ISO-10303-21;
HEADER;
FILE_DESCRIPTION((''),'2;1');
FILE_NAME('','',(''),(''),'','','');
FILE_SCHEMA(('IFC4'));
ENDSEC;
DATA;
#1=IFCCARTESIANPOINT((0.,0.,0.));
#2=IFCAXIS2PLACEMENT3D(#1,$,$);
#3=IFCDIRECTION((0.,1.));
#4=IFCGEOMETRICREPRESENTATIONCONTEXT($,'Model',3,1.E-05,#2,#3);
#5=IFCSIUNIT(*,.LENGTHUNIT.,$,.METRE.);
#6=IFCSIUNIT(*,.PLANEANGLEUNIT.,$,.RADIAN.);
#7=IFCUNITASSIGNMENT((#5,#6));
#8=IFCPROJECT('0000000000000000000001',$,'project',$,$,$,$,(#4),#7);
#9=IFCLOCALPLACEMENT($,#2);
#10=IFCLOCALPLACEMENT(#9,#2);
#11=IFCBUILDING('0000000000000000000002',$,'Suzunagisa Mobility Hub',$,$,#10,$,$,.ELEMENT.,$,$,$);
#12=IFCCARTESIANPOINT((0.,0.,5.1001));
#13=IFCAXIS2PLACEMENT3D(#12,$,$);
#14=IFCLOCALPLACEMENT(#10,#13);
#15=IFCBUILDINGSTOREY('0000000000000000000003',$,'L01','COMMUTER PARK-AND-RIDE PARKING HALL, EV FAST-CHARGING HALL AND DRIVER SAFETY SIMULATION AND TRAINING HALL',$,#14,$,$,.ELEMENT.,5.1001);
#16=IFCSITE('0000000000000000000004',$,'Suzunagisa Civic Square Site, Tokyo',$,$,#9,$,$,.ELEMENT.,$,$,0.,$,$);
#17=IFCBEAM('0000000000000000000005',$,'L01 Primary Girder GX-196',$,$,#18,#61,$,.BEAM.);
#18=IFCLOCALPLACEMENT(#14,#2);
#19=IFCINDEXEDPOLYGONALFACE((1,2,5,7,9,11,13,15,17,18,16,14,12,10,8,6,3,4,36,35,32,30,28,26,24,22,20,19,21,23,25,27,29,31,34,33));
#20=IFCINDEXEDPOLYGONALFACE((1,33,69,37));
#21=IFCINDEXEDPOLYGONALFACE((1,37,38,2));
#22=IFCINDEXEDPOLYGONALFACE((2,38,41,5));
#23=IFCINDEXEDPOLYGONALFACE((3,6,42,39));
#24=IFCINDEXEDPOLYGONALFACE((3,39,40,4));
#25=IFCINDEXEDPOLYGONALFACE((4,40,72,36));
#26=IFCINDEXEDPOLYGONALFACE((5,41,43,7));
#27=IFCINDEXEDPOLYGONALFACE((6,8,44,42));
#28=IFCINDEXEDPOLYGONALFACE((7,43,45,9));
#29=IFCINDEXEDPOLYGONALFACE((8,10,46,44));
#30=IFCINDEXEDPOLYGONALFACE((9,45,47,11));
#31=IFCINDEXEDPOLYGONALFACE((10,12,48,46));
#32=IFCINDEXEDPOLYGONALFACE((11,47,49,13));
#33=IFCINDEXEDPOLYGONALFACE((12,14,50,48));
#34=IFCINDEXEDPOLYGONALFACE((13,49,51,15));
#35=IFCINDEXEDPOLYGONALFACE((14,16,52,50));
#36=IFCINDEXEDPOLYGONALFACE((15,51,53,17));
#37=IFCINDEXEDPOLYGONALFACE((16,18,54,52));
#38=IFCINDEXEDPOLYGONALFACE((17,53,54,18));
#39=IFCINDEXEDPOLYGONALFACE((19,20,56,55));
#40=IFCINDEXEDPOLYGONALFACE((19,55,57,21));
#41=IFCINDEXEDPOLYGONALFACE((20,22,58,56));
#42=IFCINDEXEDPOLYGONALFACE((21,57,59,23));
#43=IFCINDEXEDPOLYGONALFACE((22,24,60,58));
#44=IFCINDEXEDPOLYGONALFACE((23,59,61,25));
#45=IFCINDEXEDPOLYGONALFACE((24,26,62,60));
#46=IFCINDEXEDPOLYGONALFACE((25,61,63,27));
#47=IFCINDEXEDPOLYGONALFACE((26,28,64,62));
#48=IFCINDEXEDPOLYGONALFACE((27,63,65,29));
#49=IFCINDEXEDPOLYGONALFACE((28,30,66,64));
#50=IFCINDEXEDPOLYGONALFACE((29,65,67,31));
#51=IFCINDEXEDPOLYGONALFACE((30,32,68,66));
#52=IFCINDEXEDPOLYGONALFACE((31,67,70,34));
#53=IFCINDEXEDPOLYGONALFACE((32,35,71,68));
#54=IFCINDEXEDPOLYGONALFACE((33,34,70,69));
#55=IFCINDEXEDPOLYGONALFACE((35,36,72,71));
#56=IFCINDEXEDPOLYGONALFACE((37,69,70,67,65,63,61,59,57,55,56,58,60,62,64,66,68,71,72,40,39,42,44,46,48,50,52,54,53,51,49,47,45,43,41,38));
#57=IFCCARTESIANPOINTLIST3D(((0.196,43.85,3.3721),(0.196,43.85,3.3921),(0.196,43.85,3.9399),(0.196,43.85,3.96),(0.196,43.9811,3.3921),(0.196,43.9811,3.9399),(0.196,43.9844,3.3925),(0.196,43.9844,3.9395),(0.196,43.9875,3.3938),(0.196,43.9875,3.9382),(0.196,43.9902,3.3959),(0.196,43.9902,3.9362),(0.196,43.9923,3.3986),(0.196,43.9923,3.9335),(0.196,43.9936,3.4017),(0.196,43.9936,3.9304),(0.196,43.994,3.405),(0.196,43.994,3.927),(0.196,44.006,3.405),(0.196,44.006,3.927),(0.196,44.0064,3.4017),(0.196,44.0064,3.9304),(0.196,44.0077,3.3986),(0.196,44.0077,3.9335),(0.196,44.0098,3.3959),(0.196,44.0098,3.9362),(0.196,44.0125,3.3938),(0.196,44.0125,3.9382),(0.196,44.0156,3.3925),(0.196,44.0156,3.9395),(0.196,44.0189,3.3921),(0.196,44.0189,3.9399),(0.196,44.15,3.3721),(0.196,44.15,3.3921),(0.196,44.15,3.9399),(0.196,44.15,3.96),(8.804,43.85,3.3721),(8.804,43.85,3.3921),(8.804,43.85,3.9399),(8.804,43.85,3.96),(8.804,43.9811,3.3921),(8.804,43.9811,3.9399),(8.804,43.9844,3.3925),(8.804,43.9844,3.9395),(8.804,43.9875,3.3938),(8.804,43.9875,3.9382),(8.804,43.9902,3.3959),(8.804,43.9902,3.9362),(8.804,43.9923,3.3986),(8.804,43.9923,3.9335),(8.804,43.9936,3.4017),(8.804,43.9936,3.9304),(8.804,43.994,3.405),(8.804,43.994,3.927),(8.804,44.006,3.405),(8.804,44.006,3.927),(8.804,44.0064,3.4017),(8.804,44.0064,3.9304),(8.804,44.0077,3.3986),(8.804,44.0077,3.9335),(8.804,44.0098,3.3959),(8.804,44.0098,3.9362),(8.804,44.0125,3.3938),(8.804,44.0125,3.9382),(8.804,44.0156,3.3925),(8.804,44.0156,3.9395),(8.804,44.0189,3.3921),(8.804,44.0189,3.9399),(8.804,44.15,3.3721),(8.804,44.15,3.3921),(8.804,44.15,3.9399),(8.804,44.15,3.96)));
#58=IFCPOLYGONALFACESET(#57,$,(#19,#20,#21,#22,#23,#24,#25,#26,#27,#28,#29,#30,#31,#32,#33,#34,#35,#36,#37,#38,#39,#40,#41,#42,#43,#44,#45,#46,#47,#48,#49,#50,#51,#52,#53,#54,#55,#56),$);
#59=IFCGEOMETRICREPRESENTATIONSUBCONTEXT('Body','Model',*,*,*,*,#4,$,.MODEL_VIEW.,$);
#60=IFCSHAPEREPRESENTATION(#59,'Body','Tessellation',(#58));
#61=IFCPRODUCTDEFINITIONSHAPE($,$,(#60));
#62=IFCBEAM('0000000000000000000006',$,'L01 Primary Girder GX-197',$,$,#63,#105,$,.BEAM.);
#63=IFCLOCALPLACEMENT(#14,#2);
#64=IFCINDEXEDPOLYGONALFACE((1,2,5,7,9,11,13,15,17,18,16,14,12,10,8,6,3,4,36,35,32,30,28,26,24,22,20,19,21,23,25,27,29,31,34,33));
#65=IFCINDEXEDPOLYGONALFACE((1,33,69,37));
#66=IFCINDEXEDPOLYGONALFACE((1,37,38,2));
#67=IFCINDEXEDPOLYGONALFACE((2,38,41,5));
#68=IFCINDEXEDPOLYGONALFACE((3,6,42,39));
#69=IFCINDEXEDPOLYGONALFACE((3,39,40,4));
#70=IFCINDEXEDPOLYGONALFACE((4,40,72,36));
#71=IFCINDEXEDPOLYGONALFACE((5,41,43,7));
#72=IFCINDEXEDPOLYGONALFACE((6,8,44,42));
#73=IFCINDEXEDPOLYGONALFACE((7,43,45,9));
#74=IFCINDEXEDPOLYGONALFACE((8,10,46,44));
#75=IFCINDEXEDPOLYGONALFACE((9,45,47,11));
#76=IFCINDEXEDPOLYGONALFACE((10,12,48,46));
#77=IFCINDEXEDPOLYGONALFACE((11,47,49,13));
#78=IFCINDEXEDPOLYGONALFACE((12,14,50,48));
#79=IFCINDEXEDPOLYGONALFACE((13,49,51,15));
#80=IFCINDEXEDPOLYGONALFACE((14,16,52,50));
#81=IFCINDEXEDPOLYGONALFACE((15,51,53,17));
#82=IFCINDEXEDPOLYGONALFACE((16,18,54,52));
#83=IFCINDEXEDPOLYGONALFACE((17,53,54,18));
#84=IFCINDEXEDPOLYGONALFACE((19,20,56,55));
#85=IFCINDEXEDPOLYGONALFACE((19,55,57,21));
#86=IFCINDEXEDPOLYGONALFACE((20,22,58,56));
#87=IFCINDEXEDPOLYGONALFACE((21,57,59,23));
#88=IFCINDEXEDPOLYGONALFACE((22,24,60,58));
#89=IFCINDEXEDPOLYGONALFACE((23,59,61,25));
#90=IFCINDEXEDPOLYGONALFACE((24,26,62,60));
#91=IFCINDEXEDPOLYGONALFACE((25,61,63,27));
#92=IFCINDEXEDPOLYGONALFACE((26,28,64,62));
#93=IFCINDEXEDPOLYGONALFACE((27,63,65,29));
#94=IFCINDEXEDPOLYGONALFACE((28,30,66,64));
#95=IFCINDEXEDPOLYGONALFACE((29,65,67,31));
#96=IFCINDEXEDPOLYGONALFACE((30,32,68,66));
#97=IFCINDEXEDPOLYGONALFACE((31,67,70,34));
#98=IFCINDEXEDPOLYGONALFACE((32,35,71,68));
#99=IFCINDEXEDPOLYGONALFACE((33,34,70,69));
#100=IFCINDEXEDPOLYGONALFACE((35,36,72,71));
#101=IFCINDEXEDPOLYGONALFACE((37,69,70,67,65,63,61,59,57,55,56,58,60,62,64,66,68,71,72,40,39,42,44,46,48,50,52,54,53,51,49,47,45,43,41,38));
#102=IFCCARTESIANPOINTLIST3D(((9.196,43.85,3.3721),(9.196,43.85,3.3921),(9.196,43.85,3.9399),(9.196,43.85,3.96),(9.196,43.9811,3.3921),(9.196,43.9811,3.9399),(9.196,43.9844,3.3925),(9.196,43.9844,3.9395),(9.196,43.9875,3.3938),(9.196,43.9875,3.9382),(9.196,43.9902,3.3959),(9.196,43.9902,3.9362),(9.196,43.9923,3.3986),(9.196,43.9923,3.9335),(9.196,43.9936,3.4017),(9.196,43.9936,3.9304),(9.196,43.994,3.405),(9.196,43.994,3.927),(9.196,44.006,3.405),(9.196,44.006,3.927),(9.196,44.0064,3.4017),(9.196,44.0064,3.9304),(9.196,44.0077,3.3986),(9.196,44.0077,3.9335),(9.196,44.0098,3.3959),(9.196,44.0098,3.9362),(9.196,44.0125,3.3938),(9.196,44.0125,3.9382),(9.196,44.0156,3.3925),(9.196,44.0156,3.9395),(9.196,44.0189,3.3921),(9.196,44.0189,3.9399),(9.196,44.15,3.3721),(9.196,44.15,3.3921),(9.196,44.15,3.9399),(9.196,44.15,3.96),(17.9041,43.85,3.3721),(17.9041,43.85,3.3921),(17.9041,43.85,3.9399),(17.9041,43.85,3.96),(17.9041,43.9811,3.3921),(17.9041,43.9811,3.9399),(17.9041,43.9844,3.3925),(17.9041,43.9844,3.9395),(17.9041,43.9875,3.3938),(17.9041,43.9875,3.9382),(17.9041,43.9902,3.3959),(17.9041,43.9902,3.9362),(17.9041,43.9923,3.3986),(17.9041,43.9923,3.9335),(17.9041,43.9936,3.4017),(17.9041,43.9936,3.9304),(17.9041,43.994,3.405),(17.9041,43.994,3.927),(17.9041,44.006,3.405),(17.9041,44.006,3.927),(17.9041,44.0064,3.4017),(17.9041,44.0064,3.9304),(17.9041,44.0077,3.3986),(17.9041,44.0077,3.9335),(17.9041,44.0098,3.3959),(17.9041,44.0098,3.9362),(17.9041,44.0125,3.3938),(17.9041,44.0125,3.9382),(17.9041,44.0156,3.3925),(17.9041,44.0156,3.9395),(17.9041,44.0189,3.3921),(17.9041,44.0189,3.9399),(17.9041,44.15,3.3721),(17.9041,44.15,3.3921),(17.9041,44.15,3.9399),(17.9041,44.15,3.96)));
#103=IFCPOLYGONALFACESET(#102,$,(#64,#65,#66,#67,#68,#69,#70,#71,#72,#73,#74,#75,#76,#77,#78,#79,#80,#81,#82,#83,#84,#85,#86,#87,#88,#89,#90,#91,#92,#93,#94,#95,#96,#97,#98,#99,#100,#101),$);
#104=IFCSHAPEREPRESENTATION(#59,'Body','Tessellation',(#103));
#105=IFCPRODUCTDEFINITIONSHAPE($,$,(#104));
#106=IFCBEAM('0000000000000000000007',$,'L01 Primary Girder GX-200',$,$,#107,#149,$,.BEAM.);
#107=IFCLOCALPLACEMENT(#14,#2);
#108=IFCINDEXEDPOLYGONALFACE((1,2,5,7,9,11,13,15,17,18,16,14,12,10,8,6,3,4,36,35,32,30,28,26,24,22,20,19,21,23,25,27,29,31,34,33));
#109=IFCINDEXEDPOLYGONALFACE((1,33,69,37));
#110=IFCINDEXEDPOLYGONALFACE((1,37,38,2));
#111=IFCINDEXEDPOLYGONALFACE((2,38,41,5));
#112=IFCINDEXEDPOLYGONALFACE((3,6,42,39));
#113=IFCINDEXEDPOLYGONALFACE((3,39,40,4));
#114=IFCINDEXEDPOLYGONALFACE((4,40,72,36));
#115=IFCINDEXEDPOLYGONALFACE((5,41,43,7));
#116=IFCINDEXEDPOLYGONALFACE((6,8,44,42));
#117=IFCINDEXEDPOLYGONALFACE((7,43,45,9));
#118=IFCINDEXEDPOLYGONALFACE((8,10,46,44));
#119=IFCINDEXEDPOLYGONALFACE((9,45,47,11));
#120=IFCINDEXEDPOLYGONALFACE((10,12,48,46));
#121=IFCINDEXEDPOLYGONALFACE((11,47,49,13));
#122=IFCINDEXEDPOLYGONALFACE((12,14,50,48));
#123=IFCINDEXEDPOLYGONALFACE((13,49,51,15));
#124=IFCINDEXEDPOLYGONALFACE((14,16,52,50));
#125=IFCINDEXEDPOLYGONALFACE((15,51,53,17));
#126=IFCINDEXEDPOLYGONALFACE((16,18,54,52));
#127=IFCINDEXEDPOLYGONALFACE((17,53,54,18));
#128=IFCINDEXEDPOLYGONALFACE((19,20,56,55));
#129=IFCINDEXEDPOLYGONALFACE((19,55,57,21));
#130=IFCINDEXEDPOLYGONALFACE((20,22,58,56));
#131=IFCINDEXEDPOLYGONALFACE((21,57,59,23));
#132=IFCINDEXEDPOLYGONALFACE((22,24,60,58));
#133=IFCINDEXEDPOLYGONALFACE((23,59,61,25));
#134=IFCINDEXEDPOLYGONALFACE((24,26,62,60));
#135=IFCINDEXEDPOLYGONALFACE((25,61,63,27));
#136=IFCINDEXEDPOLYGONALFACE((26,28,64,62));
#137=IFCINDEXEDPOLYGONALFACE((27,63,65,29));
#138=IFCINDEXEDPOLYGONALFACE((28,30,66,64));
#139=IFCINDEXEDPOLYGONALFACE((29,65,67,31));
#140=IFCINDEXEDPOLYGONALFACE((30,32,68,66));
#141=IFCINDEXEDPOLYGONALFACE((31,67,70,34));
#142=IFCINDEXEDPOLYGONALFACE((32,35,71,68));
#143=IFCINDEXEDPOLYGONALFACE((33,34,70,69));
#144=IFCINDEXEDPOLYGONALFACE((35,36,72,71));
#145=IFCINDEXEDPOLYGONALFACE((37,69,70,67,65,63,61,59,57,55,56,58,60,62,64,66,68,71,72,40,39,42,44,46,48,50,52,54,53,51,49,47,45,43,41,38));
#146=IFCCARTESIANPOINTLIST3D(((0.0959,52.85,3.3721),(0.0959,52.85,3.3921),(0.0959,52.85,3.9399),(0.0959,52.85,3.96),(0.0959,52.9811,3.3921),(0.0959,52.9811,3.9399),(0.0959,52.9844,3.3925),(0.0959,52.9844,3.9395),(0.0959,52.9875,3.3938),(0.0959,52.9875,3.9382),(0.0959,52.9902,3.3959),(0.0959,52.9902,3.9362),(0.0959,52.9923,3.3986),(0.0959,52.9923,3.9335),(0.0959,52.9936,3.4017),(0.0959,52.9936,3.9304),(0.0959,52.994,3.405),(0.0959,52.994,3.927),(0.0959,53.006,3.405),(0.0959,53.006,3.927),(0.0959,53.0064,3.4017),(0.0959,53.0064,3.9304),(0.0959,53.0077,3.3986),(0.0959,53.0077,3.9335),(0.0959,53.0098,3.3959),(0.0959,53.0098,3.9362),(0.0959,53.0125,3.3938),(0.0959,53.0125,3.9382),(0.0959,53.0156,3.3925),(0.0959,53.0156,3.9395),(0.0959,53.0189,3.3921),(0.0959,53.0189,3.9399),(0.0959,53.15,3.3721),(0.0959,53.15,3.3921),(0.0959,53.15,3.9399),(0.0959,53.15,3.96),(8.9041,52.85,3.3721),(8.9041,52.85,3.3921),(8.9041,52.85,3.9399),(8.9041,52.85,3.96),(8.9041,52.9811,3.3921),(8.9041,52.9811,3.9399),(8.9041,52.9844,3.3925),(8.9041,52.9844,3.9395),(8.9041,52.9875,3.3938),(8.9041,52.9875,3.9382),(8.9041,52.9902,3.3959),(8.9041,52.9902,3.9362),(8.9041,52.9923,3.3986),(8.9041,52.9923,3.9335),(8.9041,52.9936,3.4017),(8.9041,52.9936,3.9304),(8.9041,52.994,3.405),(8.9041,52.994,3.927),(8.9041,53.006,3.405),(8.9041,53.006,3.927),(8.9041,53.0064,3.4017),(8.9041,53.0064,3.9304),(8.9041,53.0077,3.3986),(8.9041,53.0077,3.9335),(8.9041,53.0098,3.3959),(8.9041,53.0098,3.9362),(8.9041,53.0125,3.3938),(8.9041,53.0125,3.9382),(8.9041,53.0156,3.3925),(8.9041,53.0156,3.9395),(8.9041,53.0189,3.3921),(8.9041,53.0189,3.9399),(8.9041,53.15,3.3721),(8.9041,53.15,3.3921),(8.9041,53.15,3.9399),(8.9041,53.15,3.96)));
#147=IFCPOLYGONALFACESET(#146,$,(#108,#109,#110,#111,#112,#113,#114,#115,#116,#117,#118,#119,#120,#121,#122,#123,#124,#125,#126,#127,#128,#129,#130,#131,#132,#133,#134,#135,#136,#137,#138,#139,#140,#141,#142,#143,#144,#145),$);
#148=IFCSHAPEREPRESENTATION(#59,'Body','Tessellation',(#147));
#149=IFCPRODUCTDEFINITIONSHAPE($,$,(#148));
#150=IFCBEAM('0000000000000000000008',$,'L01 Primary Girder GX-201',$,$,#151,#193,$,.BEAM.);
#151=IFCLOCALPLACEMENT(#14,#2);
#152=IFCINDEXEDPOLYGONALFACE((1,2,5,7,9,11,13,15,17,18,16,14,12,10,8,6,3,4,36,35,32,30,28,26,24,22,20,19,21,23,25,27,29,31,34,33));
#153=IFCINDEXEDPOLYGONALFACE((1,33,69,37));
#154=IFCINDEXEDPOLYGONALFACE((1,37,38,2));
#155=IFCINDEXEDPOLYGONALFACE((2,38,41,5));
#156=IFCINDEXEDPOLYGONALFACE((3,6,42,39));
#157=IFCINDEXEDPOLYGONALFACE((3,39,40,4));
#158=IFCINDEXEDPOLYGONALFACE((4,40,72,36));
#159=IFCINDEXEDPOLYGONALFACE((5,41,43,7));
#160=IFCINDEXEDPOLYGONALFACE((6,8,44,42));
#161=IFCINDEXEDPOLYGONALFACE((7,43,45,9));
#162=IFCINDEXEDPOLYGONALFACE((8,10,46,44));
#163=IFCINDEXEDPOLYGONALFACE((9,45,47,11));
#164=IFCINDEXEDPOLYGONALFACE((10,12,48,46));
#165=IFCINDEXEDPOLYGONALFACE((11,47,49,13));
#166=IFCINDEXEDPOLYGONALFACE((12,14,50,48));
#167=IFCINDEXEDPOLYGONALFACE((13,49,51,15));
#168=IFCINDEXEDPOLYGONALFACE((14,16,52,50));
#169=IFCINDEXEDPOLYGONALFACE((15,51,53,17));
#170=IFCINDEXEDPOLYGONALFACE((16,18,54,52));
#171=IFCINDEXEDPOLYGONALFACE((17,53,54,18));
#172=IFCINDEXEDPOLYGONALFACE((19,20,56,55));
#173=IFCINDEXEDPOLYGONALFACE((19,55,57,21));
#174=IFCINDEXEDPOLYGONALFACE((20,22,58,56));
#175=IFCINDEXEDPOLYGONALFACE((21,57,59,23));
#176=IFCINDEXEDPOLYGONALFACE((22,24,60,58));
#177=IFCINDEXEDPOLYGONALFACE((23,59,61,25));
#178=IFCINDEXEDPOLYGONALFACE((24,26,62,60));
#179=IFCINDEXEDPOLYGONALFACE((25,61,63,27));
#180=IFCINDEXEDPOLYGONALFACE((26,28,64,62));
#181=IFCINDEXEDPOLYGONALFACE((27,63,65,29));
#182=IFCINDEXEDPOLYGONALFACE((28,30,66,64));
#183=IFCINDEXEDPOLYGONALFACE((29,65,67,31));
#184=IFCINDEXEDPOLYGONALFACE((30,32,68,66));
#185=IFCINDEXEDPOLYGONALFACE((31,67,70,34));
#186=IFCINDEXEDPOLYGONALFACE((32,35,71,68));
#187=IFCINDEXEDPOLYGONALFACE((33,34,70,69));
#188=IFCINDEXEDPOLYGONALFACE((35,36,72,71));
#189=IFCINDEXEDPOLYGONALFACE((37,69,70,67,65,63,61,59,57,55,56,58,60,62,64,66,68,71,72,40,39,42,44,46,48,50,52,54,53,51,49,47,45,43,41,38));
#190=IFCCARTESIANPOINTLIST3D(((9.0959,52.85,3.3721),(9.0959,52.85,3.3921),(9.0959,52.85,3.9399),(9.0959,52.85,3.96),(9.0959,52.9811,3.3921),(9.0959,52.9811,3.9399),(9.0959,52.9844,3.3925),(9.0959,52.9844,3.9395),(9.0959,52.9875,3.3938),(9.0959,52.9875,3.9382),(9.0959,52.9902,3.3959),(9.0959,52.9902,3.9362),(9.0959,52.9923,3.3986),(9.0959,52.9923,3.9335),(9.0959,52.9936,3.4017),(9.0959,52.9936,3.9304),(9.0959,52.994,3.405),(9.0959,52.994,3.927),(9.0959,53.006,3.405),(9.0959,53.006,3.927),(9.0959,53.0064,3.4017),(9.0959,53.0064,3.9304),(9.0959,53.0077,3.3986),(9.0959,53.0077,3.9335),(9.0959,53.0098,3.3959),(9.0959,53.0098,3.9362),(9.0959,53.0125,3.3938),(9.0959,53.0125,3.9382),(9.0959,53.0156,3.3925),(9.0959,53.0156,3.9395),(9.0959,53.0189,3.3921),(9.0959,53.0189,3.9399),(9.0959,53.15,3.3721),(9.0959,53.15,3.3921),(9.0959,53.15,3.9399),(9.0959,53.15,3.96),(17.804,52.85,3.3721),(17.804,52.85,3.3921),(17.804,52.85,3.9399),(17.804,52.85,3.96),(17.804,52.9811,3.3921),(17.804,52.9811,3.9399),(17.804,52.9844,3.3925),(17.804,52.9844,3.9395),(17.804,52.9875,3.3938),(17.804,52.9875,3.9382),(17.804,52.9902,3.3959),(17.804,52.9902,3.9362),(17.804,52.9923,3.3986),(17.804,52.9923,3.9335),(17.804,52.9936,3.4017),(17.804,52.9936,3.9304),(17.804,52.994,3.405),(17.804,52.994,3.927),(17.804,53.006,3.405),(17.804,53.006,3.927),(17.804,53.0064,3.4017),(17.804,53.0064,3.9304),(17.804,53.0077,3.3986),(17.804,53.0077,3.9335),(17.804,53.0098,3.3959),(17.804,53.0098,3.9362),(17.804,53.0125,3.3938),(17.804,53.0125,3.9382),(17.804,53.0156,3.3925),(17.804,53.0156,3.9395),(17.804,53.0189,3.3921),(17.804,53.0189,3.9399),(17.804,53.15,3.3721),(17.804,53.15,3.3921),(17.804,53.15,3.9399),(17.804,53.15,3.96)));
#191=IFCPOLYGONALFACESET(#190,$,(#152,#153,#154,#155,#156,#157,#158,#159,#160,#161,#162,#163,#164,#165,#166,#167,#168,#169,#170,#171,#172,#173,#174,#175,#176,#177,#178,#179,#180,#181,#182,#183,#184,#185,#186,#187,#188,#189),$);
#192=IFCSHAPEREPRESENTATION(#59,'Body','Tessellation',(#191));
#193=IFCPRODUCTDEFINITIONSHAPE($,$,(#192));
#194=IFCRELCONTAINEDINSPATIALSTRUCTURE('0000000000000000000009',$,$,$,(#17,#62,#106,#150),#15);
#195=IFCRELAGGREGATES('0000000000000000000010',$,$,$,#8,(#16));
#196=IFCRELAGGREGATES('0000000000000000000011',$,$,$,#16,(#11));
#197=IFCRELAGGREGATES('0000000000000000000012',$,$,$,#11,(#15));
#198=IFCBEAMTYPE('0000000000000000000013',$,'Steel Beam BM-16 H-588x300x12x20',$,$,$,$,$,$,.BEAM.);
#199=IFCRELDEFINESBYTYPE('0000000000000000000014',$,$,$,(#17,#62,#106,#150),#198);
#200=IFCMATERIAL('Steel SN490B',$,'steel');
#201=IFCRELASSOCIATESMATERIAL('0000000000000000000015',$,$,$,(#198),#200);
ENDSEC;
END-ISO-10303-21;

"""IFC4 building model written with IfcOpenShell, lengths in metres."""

from ifc_helpers import new_model, si_unit, direction, frame, origin, origin_2d, place, context, subcontext, project, spatial, i_section, extrude, material, material_profile, profile_set, type_object, element, save


model = new_model("IFC4")

# Units and contexts
model_context = context("Model", 3, precision=1e-05, world=origin(), true_north=direction((0.0, 1.0)))
body_context = subcontext(model_context, "Body", "Model", "MODEL_VIEW")
ifc_project = project(units=[si_unit("LENGTHUNIT", "METRE"), si_unit("PLANEANGLEUNIT", "RADIAN")], contexts=[model_context])

# Site, building, storey
site_placement = place(None, origin())
site = spatial("IfcSite", under=ifc_project, at=site_placement, Name="Suzunagisa Civic Square Site, Tokyo", CompositionType="ELEMENT", RefElevation=0.0)
building_placement = place(site_placement, origin())
building = spatial("IfcBuilding", under=site, at=building_placement, Name="Suzunagisa Mobility Hub", CompositionType="ELEMENT")
storey_placement = place(building_placement, frame((0.0, 0.0, 5.1001)))
storey = spatial("IfcBuildingStorey", under=building, at=storey_placement, Name="L01", Description="COMMUTER PARK-AND-RIDE PARKING HALL, EV FAST-CHARGING HALL AND DRIVER SAFETY SIMULATION AND TRAINING HALL", CompositionType="ELEMENT", Elevation=5.1001)

# Shared definitions
ifc_material_1 = material(Name="Steel SN490B", Category="steel")

# Beams
ifc_material_profile_1 = material_profile(ifc_material_1, i_section(OverallWidth=0.3, OverallDepth=0.5879, WebThickness=0.012, FlangeThickness=0.02, FilletRadius=0.0129, at=origin_2d()), Name="H-588x300x12x20")
ifc_profile_set_1 = profile_set([ifc_material_profile_1], Name="Steel SN490B")
beam_type_1 = type_object("IfcBeamType", Name="Steel Beam BM-16 H-588x300x12x20", PredefinedType="BEAM", material=ifc_profile_set_1)
beam_1_placement = place(storey_placement, frame((0.196, 44.0, 3.666), z_axis=(1.0, 0.0, 0.0), x_axis=(0.0, 1.0, 0.0)))
element("IfcBeam", 1, at=beam_1_placement, inside=storey, type_object=beam_type_1, Name="L01 Primary Girder GX-196", PredefinedType="BEAM", context=body_context, shape_type="SweptSolid", body=[
    extrude(i_section(OverallWidth=0.3, OverallDepth=0.5879, WebThickness=0.012, FlangeThickness=0.02, FilletRadius=0.0129, at=origin_2d()), origin(), (0.0, 0.0, 1.0), 8.6079),
])
beam_2_placement = place(storey_placement, frame((9.196, 44.0, 3.666), z_axis=(1.0, 0.0, 0.0), x_axis=(0.0, 1.0, 0.0)))
element("IfcBeam", 2, at=beam_2_placement, inside=storey, type_object=beam_type_1, Name="L01 Primary Girder GX-197", PredefinedType="BEAM", context=body_context, shape_type="SweptSolid", body=[
    extrude(i_section(OverallWidth=0.3, OverallDepth=0.5879, WebThickness=0.012, FlangeThickness=0.02, FilletRadius=0.0129, at=origin_2d()), origin(), (0.0, 0.0, 1.0), 8.708),
])
beam_3_placement = place(storey_placement, frame((0.0959, 53.0, 3.666), z_axis=(1.0, 0.0, 0.0), x_axis=(0.0, 1.0, 0.0)))
element("IfcBeam", 3, at=beam_3_placement, inside=storey, type_object=beam_type_1, Name="L01 Primary Girder GX-200", PredefinedType="BEAM", context=body_context, shape_type="SweptSolid", body=[
    extrude(i_section(OverallWidth=0.3, OverallDepth=0.5879, WebThickness=0.012, FlangeThickness=0.02, FilletRadius=0.0129, at=origin_2d()), origin(), (0.0, 0.0, 1.0), 8.8081),
])
beam_4_placement = place(storey_placement, frame((9.0959, 53.0, 3.666), z_axis=(1.0, 0.0, 0.0), x_axis=(0.0, 1.0, 0.0)))
element("IfcBeam", 4, at=beam_4_placement, inside=storey, type_object=beam_type_1, Name="L01 Primary Girder GX-201", PredefinedType="BEAM", context=body_context, shape_type="SweptSolid", body=[
    extrude(i_section(OverallWidth=0.3, OverallDepth=0.5879, WebThickness=0.012, FlangeThickness=0.02, FilletRadius=0.0129, at=origin_2d()), origin(), (0.0, 0.0, 1.0), 8.708),
])

save(model, "model.ifc")
